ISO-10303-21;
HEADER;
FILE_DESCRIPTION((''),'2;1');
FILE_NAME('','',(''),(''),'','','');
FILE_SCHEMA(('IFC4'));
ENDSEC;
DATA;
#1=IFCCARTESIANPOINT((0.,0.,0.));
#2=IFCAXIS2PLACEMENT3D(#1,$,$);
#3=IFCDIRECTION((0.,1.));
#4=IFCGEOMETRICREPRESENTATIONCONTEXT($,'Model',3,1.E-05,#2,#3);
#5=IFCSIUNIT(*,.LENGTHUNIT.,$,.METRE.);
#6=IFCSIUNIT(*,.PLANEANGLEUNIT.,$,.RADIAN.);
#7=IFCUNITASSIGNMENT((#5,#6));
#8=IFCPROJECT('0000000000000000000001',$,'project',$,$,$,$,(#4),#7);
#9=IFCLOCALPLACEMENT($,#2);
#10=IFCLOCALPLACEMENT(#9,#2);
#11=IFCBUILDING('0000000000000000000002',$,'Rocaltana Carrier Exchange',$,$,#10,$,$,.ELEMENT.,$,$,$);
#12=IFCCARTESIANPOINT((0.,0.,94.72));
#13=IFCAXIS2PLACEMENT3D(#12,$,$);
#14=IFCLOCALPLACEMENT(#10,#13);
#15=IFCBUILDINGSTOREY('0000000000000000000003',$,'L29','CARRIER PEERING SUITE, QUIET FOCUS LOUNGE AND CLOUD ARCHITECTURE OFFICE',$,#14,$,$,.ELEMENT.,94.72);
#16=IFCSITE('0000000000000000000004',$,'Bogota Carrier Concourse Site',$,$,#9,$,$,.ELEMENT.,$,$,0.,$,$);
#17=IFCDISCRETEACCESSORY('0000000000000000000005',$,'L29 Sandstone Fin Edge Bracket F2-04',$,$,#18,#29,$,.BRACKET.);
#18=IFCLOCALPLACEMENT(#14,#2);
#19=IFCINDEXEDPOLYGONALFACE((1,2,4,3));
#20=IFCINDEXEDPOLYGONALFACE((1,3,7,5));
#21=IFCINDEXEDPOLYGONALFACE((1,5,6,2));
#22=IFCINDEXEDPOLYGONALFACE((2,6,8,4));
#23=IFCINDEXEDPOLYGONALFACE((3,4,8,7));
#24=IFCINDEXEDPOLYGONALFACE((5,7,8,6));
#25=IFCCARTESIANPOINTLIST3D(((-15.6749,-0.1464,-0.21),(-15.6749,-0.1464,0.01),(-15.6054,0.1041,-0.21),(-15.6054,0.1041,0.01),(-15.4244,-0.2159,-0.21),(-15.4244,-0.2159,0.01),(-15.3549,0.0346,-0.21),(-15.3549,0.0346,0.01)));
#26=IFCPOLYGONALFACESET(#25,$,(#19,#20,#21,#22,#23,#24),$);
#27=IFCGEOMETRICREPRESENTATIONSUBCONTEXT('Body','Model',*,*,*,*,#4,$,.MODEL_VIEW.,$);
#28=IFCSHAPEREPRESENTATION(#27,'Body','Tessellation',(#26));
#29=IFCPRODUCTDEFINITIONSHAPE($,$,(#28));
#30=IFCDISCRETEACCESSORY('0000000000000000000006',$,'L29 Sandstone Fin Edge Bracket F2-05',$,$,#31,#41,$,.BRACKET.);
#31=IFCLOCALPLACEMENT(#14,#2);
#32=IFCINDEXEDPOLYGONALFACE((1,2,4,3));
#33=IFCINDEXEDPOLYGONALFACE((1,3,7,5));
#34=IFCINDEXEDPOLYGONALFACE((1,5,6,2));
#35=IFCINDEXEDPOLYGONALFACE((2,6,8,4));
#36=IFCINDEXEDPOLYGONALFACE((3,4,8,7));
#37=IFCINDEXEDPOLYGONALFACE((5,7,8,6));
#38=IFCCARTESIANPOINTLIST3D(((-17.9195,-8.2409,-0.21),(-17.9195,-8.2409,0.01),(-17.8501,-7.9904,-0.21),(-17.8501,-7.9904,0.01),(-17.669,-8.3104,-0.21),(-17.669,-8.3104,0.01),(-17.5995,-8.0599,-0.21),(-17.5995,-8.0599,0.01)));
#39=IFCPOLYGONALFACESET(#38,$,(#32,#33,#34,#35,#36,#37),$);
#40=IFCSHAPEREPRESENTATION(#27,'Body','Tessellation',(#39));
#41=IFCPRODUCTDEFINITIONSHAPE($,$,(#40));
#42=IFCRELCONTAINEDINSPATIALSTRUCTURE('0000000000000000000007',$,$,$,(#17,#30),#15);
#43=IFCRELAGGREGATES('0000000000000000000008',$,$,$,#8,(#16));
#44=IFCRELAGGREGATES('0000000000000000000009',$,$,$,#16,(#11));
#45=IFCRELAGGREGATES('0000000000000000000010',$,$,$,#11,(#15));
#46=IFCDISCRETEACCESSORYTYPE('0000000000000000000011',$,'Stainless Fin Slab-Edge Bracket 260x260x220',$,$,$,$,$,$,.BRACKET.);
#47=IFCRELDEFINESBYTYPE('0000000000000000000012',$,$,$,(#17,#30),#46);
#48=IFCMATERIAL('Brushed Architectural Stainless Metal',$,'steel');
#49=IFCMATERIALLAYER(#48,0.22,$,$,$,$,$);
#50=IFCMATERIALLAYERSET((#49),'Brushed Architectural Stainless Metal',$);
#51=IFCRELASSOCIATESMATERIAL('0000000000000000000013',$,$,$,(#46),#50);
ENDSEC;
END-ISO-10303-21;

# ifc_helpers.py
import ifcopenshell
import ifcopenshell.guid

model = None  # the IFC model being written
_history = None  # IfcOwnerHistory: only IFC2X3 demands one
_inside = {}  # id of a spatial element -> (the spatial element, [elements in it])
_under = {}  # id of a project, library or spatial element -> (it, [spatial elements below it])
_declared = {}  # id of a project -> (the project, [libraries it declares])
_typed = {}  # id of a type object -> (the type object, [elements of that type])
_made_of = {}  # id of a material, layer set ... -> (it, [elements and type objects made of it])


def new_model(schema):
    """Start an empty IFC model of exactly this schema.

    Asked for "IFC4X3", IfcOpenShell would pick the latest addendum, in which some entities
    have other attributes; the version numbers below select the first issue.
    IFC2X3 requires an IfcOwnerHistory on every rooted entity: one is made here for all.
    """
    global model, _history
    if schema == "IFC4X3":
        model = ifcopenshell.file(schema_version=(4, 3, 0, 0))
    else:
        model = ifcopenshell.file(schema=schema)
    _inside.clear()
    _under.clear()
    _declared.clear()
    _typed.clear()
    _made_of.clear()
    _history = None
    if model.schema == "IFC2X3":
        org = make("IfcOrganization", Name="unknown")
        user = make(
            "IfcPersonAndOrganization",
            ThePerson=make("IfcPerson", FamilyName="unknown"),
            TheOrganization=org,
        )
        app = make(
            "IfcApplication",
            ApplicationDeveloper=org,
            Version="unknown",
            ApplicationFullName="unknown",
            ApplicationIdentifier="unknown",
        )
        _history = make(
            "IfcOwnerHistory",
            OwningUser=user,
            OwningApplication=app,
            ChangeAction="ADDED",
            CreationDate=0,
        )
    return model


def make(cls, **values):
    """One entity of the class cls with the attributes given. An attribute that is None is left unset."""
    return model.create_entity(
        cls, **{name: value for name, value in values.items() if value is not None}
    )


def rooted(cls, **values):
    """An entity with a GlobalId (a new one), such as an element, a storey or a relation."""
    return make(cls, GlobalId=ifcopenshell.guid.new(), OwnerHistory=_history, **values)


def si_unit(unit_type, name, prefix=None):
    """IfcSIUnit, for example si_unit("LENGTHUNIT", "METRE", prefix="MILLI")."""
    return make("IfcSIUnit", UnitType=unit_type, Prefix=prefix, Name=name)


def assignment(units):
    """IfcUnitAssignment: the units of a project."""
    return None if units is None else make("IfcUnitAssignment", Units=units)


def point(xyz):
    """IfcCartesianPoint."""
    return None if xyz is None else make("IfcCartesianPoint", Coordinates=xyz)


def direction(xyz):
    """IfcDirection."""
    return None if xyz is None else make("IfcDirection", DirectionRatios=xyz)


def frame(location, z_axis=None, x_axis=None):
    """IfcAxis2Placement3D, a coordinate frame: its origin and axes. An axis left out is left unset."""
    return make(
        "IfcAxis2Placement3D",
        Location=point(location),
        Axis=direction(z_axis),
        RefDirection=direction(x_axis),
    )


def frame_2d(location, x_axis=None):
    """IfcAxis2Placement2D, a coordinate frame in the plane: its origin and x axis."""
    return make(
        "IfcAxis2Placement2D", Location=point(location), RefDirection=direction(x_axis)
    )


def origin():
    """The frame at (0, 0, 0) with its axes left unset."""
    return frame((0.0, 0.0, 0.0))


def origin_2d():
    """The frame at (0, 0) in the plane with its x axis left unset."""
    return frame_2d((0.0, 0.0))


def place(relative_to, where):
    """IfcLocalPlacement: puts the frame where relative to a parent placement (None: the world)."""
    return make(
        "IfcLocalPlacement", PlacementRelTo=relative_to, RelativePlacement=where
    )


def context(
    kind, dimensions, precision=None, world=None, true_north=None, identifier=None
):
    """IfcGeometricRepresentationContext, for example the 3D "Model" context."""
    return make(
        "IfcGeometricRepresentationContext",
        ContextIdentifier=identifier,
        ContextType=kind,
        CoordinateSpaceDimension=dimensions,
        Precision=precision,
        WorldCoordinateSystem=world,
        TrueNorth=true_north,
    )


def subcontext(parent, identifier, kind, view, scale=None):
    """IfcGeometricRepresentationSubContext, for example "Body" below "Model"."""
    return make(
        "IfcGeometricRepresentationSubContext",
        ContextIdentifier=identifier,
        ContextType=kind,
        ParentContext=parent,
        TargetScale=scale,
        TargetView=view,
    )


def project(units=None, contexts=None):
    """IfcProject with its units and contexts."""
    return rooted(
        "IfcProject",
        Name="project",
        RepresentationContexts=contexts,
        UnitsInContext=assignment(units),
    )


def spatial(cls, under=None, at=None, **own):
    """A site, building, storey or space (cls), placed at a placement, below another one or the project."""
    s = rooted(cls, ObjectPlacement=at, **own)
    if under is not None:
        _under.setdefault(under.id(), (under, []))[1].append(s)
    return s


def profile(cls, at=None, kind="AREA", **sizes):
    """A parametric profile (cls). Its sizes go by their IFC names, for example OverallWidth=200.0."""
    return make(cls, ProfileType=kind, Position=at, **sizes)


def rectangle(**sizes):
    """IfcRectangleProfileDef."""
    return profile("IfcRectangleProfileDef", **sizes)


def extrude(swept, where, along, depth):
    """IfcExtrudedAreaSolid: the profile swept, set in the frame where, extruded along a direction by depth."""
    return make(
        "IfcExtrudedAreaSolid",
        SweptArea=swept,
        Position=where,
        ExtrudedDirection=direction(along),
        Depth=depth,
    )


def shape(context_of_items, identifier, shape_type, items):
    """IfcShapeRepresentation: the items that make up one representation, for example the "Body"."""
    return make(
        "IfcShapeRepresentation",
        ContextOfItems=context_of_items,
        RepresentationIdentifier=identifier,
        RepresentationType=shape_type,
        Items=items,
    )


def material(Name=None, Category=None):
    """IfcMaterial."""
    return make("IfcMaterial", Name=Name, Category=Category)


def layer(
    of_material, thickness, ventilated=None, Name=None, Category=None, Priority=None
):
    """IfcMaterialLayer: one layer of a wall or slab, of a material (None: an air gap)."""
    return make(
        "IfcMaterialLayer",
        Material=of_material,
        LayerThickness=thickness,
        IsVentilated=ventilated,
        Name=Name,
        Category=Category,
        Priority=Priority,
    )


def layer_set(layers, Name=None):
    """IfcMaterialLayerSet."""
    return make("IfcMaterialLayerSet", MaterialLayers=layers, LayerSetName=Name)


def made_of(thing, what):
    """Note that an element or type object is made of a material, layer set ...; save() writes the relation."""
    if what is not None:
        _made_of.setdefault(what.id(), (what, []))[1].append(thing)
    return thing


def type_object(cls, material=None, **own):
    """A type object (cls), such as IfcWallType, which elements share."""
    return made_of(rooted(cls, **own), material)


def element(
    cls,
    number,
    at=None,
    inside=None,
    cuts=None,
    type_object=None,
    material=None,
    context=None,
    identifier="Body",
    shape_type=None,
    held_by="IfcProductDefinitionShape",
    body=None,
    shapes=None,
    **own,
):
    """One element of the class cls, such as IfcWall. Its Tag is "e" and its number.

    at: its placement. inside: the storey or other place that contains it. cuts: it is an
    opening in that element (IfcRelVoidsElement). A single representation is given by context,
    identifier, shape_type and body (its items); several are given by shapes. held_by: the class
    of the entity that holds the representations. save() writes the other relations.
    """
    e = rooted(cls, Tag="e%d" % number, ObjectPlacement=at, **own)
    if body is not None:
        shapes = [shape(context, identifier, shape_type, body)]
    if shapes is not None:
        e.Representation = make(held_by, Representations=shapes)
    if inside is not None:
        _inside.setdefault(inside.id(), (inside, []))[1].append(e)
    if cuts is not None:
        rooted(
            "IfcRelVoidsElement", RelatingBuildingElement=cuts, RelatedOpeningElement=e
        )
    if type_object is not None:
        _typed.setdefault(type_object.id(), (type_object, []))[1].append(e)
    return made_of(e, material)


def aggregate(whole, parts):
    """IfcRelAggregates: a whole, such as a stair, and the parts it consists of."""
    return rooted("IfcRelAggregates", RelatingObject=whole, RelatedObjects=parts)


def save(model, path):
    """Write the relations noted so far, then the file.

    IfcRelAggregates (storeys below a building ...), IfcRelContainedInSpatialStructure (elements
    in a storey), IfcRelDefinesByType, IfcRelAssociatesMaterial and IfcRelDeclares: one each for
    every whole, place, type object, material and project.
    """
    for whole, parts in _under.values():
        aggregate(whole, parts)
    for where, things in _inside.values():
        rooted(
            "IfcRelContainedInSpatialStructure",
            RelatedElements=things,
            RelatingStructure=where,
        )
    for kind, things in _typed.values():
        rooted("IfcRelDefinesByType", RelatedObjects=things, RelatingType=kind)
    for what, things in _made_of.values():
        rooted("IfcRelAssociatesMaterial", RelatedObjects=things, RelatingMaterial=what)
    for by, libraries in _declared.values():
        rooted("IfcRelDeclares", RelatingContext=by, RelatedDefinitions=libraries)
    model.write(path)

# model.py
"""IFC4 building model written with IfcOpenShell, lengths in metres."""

from ifc_helpers import new_model, si_unit, direction, frame, origin, origin_2d, place, context, subcontext, project, spatial, rectangle, extrude, material, layer, layer_set, type_object, element, save


model = new_model("IFC4")

# Units and contexts
model_context = context("Model", 3, precision=1e-05, world=origin(), true_north=direction((0.0, 1.0)))
body_context = subcontext(model_context, "Body", "Model", "MODEL_VIEW")
ifc_project = project(units=[si_unit("LENGTHUNIT", "METRE"), si_unit("PLANEANGLEUNIT", "RADIAN")], contexts=[model_context])

# Site, building, storey
site_placement = place(None, origin())
site = spatial("IfcSite", under=ifc_project, at=site_placement, Name="Bogota Carrier Concourse Site", CompositionType="ELEMENT", RefElevation=0.0)
building_placement = place(site_placement, origin())
building = spatial("IfcBuilding", under=site, at=building_placement, Name="Rocaltana Carrier Exchange", CompositionType="ELEMENT")
storey_placement = place(building_placement, frame((0.0, 0.0, 94.72)))
storey = spatial("IfcBuildingStorey", under=building, at=storey_placement, Name="L29", Description="CARRIER PEERING SUITE, QUIET FOCUS LOUNGE AND CLOUD ARCHITECTURE OFFICE", CompositionType="ELEMENT", Elevation=94.72)

# Discrete accessories
ifc_material_1 = material(Name="Brushed Architectural Stainless Metal", Category="steel")
ifc_layer_1 = layer(ifc_material_1, 0.22)
ifc_layer_set_1 = layer_set([ifc_layer_1], Name="Brushed Architectural Stainless Metal")
discrete_accessory_type = type_object("IfcDiscreteAccessoryType", Name="Stainless Fin Slab-Edge Bracket 260x260x220", PredefinedType="BRACKET", material=ifc_layer_set_1)
for number, where, z_axis, x_axis, name in (
    (1, (-15.5149, -0.0559, -0.21), (0.0, 0.0, 1.0), (-0.267238, -0.96363, 0.0), "L29 Sandstone Fin Edge Bracket F2-04"),
    (2, (-17.7595, -8.1504, -0.21), (0.0, 0.0, 1.0), (-0.267238, -0.96363, 0.0), "L29 Sandstone Fin Edge Bracket F2-05"),
):
    element("IfcDiscreteAccessory", number, at=place(storey_placement, frame(where, z_axis=z_axis, x_axis=x_axis)), inside=storey, type_object=discrete_accessory_type, Name=name, PredefinedType="BRACKET", context=body_context, shape_type="SweptSolid", body=[
        extrude(rectangle(XDim=0.26, YDim=0.26, at=origin_2d()), origin(), (0.0, 0.0, 1.0), 0.22),
    ])

save(model, "model.ifc")
